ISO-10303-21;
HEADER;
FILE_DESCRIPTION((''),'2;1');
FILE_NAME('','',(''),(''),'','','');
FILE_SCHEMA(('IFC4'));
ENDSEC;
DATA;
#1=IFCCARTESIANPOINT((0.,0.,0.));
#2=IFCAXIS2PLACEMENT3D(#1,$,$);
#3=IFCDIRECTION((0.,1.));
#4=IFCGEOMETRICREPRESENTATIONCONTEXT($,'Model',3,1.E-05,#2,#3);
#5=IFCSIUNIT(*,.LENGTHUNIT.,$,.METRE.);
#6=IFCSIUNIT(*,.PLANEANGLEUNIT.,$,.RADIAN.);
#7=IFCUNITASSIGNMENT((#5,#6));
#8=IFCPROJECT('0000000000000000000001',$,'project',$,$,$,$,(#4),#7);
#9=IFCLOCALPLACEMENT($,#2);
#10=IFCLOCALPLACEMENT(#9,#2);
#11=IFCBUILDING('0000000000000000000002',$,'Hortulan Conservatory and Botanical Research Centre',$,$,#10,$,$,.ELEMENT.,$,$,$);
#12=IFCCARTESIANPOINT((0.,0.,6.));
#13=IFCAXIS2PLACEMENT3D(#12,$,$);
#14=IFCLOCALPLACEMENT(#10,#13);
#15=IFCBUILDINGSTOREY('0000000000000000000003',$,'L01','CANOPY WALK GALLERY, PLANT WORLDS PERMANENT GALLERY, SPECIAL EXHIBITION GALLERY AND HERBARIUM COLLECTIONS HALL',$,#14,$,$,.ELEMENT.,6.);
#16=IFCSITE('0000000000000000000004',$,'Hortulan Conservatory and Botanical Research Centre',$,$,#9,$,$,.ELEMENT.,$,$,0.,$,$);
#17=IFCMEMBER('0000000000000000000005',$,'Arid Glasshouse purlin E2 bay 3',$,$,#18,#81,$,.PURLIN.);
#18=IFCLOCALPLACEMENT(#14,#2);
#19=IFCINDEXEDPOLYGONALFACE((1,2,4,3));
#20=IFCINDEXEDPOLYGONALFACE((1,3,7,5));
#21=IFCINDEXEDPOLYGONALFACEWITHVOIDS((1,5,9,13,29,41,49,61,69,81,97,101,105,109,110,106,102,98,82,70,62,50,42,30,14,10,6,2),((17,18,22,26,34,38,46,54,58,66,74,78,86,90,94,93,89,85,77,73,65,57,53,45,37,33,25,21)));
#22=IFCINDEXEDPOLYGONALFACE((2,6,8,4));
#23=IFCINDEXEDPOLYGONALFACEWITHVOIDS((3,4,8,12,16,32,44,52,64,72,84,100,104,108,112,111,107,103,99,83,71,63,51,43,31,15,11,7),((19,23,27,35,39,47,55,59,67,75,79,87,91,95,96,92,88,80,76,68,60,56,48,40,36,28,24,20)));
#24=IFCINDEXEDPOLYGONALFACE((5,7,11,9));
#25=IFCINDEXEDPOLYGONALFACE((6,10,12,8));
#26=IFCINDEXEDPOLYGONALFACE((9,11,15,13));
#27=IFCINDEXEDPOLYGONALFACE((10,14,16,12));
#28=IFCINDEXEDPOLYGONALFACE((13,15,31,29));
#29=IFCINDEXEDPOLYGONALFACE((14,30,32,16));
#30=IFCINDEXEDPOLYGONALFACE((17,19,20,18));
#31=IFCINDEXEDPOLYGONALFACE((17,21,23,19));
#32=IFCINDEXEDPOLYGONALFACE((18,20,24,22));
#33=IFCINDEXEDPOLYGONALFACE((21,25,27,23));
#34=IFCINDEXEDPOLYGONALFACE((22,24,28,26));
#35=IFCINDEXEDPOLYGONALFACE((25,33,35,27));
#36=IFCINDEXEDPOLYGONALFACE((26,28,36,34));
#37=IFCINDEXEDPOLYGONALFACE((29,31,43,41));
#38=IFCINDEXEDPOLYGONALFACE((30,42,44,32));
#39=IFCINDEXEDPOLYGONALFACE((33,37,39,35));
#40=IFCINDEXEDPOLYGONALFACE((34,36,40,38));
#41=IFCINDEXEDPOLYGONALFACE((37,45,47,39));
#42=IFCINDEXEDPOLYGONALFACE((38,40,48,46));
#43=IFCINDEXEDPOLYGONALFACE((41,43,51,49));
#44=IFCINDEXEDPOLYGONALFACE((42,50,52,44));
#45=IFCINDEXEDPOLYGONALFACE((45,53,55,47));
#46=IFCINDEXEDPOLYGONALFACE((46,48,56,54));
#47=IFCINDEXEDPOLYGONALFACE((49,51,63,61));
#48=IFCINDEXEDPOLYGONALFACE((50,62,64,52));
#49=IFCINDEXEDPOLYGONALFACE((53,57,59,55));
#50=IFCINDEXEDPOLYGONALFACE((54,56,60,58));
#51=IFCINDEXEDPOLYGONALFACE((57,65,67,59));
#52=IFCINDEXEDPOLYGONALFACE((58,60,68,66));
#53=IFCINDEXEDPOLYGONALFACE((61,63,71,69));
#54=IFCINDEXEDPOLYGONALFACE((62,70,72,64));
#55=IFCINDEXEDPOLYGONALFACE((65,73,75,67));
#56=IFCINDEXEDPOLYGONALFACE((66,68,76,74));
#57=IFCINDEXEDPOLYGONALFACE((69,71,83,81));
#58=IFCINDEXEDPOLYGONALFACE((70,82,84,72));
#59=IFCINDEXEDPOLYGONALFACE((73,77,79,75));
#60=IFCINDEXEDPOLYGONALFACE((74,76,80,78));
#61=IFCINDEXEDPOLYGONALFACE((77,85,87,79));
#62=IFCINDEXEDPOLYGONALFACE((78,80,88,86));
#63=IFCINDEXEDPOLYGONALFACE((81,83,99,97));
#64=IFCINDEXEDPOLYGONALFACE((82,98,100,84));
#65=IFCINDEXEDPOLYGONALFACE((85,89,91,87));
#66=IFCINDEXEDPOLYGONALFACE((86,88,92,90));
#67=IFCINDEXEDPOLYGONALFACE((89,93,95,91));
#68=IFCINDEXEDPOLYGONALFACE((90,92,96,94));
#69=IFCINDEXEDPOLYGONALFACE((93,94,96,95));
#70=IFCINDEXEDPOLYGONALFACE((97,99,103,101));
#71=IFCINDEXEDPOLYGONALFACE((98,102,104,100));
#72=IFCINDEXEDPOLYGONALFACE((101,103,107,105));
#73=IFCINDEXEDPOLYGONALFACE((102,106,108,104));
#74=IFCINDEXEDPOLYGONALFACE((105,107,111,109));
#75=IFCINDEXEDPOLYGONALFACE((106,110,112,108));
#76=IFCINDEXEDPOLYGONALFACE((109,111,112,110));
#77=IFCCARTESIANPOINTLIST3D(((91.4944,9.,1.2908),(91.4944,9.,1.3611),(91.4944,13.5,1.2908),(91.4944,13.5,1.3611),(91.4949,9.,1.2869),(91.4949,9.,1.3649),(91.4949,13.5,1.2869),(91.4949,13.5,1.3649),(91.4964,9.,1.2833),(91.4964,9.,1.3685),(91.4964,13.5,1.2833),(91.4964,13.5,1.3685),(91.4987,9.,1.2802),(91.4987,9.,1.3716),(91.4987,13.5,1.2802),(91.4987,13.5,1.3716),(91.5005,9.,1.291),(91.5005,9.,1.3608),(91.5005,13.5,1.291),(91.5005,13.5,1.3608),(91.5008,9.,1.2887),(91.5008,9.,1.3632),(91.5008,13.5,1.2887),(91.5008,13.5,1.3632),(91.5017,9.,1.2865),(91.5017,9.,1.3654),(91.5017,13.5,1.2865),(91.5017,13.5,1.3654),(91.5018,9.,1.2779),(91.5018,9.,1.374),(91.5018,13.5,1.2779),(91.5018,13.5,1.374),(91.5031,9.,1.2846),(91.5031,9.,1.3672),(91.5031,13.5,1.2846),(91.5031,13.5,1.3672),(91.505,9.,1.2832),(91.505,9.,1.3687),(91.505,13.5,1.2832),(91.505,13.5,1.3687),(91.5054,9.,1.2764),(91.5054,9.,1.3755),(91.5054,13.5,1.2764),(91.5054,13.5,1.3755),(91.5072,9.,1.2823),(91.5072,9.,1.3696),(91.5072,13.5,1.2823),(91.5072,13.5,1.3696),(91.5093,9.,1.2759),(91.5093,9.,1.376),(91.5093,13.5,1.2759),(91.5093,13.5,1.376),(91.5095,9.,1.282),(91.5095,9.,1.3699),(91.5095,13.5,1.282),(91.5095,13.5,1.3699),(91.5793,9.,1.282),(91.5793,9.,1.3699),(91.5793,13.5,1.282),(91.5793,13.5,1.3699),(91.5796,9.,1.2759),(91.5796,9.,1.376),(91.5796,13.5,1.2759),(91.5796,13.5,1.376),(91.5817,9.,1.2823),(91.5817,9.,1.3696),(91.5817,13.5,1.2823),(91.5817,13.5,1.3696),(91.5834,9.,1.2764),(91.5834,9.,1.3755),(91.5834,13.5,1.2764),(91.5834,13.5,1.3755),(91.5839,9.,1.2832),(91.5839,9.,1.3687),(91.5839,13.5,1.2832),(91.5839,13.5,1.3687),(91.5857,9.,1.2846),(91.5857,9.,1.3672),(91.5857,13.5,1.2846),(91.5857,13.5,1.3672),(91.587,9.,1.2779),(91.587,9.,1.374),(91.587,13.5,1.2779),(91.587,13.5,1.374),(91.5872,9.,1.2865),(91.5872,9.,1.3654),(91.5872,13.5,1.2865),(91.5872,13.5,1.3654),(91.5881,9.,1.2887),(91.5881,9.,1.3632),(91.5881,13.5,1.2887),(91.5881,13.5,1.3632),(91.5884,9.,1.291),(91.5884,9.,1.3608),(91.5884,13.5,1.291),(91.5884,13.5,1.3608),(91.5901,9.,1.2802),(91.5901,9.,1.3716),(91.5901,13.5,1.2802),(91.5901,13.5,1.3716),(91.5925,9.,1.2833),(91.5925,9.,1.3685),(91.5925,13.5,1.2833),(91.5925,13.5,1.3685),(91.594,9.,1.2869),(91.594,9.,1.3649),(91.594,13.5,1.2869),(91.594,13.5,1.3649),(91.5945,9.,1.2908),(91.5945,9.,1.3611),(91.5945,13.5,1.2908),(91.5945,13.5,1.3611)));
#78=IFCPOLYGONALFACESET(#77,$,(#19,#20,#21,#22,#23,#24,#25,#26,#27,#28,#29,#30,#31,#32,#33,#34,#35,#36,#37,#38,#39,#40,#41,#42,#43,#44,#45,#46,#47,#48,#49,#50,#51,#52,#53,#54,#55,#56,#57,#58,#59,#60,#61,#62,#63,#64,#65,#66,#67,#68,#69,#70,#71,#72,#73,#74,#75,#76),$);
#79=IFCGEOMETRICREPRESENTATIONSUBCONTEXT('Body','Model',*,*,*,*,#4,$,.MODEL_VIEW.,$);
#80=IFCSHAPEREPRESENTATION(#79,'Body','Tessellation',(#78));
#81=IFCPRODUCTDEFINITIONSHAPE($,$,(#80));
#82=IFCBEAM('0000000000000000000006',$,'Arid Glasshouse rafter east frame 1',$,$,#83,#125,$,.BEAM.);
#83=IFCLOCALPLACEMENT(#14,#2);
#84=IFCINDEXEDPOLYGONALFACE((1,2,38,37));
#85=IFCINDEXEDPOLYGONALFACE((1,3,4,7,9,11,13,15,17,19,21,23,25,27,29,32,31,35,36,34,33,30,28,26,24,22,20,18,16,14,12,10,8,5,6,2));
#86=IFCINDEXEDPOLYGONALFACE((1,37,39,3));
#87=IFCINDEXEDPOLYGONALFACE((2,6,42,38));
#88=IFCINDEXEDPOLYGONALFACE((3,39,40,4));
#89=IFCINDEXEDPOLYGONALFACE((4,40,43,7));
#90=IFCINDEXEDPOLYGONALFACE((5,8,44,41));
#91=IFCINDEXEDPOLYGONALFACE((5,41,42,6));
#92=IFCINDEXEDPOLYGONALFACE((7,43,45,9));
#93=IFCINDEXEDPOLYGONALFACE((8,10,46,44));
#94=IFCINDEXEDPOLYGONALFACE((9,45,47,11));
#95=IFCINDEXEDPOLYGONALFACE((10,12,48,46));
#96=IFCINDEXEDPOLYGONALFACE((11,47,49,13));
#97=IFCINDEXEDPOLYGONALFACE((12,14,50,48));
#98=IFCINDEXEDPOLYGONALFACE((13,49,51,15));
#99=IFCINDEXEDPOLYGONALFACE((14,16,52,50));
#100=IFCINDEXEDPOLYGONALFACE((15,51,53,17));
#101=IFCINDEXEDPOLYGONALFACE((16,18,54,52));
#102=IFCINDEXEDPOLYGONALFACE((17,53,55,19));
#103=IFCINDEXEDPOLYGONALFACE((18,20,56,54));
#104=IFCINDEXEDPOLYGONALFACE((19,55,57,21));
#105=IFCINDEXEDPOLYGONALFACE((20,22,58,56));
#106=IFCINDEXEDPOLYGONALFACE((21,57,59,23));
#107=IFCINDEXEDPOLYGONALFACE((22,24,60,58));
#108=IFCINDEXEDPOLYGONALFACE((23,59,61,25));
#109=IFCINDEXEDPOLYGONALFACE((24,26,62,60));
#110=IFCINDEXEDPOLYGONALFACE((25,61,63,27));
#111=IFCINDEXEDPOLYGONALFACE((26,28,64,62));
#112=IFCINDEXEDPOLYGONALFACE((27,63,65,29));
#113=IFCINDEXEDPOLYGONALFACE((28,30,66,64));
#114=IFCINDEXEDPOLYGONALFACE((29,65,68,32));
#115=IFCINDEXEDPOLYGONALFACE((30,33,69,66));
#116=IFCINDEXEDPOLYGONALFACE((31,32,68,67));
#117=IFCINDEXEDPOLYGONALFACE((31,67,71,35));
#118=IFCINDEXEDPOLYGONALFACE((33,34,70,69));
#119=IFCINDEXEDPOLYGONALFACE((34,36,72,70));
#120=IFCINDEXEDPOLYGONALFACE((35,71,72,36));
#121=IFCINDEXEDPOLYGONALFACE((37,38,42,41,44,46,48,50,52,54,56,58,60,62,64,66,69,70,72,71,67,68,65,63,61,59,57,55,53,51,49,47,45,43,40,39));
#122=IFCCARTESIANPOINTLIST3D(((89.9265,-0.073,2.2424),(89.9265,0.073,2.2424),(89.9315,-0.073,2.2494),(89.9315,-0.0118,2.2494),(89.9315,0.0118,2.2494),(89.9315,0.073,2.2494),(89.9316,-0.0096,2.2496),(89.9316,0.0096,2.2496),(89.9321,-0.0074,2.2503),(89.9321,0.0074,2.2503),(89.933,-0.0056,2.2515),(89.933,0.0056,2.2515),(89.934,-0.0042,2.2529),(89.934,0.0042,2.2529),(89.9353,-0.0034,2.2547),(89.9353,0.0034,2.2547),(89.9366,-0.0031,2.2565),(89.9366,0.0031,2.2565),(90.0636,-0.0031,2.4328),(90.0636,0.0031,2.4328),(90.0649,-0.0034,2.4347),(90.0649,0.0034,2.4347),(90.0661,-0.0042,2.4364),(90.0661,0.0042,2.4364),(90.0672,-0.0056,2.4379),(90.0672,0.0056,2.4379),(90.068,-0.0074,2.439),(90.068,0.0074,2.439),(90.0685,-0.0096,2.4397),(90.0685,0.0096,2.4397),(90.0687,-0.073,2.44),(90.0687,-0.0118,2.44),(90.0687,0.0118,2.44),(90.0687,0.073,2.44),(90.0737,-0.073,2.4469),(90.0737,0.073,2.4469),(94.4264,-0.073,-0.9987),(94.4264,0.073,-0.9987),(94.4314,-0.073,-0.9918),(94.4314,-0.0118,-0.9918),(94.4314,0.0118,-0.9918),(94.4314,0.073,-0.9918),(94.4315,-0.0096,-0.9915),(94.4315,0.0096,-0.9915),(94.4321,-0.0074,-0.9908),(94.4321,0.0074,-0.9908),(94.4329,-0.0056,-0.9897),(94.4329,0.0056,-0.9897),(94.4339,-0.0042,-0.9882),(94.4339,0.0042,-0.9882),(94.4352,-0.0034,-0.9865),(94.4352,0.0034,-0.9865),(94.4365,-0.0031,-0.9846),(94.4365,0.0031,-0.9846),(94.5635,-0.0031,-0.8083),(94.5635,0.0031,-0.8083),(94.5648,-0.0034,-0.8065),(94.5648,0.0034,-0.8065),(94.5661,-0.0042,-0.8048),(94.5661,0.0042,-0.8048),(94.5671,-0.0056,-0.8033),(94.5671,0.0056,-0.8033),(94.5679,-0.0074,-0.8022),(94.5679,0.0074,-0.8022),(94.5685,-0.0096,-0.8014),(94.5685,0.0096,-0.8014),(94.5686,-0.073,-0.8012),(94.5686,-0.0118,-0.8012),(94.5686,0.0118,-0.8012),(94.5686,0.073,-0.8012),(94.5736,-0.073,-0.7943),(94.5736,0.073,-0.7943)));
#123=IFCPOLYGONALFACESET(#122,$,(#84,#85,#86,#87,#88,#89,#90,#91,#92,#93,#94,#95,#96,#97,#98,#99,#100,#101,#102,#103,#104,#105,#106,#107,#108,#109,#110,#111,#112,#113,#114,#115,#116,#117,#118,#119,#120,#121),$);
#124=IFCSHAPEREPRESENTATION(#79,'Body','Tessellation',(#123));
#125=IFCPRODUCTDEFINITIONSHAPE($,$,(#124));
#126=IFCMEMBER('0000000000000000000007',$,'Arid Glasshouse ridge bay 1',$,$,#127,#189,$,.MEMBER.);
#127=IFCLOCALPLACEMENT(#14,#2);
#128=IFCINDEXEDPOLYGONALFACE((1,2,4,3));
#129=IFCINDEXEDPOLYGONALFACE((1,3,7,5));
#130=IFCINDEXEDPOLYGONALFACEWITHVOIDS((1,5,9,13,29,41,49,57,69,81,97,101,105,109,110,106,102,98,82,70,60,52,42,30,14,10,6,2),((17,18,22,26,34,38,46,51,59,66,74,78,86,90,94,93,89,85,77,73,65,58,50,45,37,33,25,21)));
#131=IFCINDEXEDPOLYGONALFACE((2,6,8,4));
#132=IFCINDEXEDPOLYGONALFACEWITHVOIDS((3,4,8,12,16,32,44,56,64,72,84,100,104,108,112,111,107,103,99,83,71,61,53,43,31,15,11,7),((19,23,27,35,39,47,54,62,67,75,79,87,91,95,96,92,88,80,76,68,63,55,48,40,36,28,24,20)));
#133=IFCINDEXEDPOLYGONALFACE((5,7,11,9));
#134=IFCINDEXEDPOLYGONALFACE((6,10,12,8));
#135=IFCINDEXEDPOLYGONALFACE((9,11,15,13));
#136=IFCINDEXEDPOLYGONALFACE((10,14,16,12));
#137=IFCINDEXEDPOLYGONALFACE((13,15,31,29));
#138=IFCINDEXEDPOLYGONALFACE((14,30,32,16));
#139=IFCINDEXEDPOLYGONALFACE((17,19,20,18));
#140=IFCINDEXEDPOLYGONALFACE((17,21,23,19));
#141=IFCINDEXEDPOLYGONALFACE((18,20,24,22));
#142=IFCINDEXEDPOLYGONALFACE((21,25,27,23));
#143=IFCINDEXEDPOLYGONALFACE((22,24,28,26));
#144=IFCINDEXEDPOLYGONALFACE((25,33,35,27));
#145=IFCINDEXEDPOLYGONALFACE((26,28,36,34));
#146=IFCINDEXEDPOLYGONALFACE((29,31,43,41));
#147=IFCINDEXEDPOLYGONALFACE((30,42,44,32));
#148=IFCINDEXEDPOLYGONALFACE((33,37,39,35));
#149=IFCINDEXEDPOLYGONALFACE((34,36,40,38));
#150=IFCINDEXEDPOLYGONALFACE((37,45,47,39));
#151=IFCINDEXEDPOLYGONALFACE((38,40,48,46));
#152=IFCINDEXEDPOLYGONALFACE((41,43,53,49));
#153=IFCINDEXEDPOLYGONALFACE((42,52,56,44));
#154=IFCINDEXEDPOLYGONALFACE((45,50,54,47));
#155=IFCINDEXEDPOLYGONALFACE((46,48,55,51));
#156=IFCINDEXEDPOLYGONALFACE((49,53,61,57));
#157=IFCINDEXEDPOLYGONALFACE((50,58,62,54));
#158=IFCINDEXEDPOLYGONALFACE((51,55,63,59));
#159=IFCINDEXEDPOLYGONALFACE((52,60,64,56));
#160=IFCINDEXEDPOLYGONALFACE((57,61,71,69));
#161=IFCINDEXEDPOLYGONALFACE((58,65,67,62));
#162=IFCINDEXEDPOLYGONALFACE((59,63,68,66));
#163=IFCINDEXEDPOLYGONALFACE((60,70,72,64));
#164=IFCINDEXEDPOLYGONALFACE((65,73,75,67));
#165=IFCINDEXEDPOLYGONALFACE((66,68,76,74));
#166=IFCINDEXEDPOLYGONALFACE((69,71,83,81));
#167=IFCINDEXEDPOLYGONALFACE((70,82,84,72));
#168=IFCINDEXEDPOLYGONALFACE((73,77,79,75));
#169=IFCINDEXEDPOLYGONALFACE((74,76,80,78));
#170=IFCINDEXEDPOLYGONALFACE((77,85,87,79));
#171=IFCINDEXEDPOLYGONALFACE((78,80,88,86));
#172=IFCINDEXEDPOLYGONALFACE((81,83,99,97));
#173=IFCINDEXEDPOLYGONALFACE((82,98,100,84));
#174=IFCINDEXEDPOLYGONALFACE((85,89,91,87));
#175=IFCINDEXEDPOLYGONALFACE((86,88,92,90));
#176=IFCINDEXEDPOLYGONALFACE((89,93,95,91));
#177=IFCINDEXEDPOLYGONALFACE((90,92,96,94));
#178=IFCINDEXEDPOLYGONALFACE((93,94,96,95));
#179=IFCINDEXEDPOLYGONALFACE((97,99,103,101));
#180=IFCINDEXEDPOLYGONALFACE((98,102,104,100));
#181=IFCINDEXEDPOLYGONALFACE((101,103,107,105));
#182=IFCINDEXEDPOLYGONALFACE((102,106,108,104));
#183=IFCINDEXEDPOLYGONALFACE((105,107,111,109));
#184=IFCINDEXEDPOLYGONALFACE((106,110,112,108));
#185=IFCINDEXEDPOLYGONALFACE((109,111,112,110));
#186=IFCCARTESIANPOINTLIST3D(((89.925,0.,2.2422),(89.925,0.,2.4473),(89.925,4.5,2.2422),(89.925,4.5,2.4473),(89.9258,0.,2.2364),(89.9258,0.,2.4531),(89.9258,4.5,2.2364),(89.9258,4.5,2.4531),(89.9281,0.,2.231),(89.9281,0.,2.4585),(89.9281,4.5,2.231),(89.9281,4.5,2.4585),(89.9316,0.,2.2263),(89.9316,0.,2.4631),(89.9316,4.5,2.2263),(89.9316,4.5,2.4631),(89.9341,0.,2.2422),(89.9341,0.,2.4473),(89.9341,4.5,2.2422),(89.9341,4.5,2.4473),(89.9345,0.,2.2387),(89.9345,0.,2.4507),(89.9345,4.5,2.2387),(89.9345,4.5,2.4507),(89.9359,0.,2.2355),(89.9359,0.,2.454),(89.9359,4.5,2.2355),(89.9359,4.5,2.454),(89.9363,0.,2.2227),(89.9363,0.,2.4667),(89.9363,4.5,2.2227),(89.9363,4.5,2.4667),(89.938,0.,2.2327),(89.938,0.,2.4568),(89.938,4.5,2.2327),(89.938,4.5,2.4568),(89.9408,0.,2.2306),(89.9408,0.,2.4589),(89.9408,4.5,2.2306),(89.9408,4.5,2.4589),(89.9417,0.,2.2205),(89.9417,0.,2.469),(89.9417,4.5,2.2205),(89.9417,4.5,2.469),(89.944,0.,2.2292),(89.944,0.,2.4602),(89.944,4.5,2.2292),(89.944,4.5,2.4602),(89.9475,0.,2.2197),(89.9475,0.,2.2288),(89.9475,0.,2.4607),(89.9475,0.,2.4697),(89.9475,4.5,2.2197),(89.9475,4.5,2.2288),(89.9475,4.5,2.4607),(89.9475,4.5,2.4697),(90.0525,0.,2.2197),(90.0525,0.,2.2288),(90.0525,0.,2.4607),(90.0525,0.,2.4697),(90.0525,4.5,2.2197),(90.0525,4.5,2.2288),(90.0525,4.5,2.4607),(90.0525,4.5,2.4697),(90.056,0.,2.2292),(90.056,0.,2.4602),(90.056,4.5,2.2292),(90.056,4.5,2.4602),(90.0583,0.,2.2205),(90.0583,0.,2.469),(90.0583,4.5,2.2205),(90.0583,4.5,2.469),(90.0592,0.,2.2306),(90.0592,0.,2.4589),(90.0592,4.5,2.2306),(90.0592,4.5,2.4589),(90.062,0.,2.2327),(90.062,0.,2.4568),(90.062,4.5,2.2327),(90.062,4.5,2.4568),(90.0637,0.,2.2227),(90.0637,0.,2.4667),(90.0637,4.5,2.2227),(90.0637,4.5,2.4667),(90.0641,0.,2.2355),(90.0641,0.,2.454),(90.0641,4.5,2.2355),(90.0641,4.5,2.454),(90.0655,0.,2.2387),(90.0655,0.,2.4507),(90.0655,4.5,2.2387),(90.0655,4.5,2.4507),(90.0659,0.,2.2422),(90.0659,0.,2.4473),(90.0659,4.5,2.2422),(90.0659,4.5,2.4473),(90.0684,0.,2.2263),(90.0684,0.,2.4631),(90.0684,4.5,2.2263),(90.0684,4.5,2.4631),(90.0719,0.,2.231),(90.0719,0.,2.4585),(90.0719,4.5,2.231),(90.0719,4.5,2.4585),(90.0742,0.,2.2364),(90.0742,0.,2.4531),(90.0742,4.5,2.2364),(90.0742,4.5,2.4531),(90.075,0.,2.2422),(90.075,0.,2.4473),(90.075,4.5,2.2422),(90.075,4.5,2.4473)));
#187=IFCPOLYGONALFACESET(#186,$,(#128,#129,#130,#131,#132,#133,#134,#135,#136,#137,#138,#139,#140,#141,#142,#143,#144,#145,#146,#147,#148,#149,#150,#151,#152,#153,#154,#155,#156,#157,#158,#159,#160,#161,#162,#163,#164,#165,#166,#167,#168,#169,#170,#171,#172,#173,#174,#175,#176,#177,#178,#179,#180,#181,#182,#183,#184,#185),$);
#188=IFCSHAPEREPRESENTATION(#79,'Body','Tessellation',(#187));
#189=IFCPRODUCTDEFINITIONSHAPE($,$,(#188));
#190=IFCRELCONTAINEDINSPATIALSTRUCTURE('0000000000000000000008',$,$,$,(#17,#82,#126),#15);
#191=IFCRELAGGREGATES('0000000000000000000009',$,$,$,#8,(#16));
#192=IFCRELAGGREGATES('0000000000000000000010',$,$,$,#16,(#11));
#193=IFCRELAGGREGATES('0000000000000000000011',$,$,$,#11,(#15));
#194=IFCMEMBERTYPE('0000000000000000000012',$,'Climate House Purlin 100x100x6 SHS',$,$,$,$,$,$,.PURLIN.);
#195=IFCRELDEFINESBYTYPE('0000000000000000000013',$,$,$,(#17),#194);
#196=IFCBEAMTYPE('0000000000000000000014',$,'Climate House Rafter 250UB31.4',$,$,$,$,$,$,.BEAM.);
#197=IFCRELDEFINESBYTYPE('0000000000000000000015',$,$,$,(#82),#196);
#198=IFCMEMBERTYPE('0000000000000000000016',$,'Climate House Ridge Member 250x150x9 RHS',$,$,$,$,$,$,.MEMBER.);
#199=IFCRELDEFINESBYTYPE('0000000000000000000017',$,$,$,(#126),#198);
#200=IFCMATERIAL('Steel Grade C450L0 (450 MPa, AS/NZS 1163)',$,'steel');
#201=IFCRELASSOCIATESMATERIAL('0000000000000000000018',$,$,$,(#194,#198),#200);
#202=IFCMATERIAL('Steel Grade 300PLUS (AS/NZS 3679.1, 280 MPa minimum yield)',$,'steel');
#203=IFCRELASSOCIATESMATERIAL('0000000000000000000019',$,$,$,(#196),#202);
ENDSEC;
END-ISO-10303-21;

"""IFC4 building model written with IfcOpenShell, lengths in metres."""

from ifc_helpers import new_model, si_unit, direction, frame, origin, origin_2d, place, context, subcontext, project, spatial, hollow_rectangle, i_section, extrude, material, material_profile, profile_set, type_object, element, save


model = new_model("IFC4")

# Units and contexts
model_context = context("Model", 3, precision=1e-05, world=origin(), true_north=direction((0.0, 1.0)))
body_context = subcontext(model_context, "Body", "Model", "MODEL_VIEW")
ifc_project = project(units=[si_unit("LENGTHUNIT", "METRE"), si_unit("PLANEANGLEUNIT", "RADIAN")], contexts=[model_context])

# Site, building, storey
site_placement = place(None, origin())
site = spatial("IfcSite", under=ifc_project, at=site_placement, Name="Hortulan Conservatory and Botanical Research Centre", CompositionType="ELEMENT", RefElevation=0.0)
building_placement = place(site_placement, origin())
building = spatial("IfcBuilding", under=site, at=building_placement, Name="Hortulan Conservatory and Botanical Research Centre", CompositionType="ELEMENT")
storey_placement = place(building_placement, frame((0.0, 0.0, 6.0)))
storey = spatial("IfcBuildingStorey", under=building, at=storey_placement, Name="L01", Description="CANOPY WALK GALLERY, PLANT WORLDS PERMANENT GALLERY, SPECIAL EXHIBITION GALLERY AND HERBARIUM COLLECTIONS HALL", CompositionType="ELEMENT", Elevation=6.0)

# Member
ifc_material_1 = material(Name="Steel Grade C450L0 (450 MPa, AS/NZS 1163)", Category="steel")
ifc_material_profile_1 = material_profile(ifc_material_1, hollow_rectangle(XDim=0.1001, YDim=0.1001, WallThickness=0.0061, InnerFilletRadius=0.009, OuterFilletRadius=0.0149, at=origin_2d()), Name="100x100x6SHS")
ifc_profile_set_1 = profile_set([ifc_material_profile_1], Name="Steel Grade C450L0 (450 MPa, AS/NZS 1163)")
member_type_1 = type_object("IfcMemberType", Name="Climate House Purlin 100x100x6 SHS", PredefinedType="PURLIN", material=ifc_profile_set_1)
for number, where, z_axis, x_axis, name in (
    (1, (91.5444, 9.0, 1.3259), (0.0, 1.0, 0.0), (-1.0, 0.0, 0.0), "Arid Glasshouse purlin E2 bay 3"),
):
    element("IfcMember", number, at=place(storey_placement, frame(where, z_axis=z_axis, x_axis=x_axis)), inside=storey, type_object=member_type_1, Name=name, PredefinedType="PURLIN", context=body_context, shape_type="SweptSolid", body=[
        extrude(hollow_rectangle(XDim=0.1001, YDim=0.1001, WallThickness=0.0061, InnerFilletRadius=0.009, OuterFilletRadius=0.0149, at=origin_2d()), origin(), (0.0, 0.0, 1.0), 4.5),
    ])

# Beam
ifc_material_2 = material(Name="Steel Grade 300PLUS (AS/NZS 3679.1, 280 MPa minimum yield)", Category="steel")
ifc_material_profile_2 = material_profile(ifc_material_2, i_section(OverallWidth=0.146, OverallDepth=0.252, WebThickness=0.0061, FlangeThickness=0.0085, FilletRadius=0.0088, at=origin_2d()), Name="250UB31.4")
ifc_profile_set_2 = profile_set([ifc_material_profile_2], Name="Steel Grade 300PLUS (AS/NZS 3679.1, 280 MPa minimum yield)")
beam_type = type_object("IfcBeamType", Name="Climate House Rafter 250UB31.4", PredefinedType="BEAM", material=ifc_profile_set_2)
beam_placement = place(storey_placement, frame((94.5, 0.0, -0.8965), z_axis=(-0.811431, 0.0, 0.584449), x_axis=(0.0, -1.0, 0.0)))
element("IfcBeam", 2, at=beam_placement, inside=storey, type_object=beam_type, Name="Arid Glasshouse rafter east frame 1", PredefinedType="BEAM", context=body_context, shape_type="SweptSolid", body=[
    extrude(i_section(OverallWidth=0.146, OverallDepth=0.252, WebThickness=0.0061, FlangeThickness=0.0085, FilletRadius=0.0088, at=origin_2d()), origin(), (0.0, 0.0, 1.0), 5.5457),
])

# Member
ifc_material_profile_3 = material_profile(ifc_material_1, hollow_rectangle(XDim=0.1499, YDim=0.25, WallThickness=0.009, InnerFilletRadius=0.0134, OuterFilletRadius=0.0225, at=origin_2d()), Name="250x150x9RHS")
ifc_profile_set_3 = profile_set([ifc_material_profile_3], Name="Steel Grade C450L0 (450 MPa, AS/NZS 1163)")
member_type_2 = type_object("IfcMemberType", Name="Climate House Ridge Member 250x150x9 RHS", PredefinedType="MEMBER", material=ifc_profile_set_3)
for number, where, z_axis, x_axis, name in (
    (3, (90.0, 0.0, 2.3447), (0.0, 1.0, 0.0), (-1.0, 0.0, 0.0), "Arid Glasshouse ridge bay 1"),
):
    element("IfcMember", number, at=place(storey_placement, frame(where, z_axis=z_axis, x_axis=x_axis)), inside=storey, type_object=member_type_2, Name=name, PredefinedType="MEMBER", context=body_context, shape_type="SweptSolid", body=[
        extrude(hollow_rectangle(XDim=0.1499, YDim=0.25, WallThickness=0.009, InnerFilletRadius=0.0134, OuterFilletRadius=0.0225, at=origin_2d()), origin(), (0.0, 0.0, 1.0), 4.5),
    ])

save(model, "model.ifc")
